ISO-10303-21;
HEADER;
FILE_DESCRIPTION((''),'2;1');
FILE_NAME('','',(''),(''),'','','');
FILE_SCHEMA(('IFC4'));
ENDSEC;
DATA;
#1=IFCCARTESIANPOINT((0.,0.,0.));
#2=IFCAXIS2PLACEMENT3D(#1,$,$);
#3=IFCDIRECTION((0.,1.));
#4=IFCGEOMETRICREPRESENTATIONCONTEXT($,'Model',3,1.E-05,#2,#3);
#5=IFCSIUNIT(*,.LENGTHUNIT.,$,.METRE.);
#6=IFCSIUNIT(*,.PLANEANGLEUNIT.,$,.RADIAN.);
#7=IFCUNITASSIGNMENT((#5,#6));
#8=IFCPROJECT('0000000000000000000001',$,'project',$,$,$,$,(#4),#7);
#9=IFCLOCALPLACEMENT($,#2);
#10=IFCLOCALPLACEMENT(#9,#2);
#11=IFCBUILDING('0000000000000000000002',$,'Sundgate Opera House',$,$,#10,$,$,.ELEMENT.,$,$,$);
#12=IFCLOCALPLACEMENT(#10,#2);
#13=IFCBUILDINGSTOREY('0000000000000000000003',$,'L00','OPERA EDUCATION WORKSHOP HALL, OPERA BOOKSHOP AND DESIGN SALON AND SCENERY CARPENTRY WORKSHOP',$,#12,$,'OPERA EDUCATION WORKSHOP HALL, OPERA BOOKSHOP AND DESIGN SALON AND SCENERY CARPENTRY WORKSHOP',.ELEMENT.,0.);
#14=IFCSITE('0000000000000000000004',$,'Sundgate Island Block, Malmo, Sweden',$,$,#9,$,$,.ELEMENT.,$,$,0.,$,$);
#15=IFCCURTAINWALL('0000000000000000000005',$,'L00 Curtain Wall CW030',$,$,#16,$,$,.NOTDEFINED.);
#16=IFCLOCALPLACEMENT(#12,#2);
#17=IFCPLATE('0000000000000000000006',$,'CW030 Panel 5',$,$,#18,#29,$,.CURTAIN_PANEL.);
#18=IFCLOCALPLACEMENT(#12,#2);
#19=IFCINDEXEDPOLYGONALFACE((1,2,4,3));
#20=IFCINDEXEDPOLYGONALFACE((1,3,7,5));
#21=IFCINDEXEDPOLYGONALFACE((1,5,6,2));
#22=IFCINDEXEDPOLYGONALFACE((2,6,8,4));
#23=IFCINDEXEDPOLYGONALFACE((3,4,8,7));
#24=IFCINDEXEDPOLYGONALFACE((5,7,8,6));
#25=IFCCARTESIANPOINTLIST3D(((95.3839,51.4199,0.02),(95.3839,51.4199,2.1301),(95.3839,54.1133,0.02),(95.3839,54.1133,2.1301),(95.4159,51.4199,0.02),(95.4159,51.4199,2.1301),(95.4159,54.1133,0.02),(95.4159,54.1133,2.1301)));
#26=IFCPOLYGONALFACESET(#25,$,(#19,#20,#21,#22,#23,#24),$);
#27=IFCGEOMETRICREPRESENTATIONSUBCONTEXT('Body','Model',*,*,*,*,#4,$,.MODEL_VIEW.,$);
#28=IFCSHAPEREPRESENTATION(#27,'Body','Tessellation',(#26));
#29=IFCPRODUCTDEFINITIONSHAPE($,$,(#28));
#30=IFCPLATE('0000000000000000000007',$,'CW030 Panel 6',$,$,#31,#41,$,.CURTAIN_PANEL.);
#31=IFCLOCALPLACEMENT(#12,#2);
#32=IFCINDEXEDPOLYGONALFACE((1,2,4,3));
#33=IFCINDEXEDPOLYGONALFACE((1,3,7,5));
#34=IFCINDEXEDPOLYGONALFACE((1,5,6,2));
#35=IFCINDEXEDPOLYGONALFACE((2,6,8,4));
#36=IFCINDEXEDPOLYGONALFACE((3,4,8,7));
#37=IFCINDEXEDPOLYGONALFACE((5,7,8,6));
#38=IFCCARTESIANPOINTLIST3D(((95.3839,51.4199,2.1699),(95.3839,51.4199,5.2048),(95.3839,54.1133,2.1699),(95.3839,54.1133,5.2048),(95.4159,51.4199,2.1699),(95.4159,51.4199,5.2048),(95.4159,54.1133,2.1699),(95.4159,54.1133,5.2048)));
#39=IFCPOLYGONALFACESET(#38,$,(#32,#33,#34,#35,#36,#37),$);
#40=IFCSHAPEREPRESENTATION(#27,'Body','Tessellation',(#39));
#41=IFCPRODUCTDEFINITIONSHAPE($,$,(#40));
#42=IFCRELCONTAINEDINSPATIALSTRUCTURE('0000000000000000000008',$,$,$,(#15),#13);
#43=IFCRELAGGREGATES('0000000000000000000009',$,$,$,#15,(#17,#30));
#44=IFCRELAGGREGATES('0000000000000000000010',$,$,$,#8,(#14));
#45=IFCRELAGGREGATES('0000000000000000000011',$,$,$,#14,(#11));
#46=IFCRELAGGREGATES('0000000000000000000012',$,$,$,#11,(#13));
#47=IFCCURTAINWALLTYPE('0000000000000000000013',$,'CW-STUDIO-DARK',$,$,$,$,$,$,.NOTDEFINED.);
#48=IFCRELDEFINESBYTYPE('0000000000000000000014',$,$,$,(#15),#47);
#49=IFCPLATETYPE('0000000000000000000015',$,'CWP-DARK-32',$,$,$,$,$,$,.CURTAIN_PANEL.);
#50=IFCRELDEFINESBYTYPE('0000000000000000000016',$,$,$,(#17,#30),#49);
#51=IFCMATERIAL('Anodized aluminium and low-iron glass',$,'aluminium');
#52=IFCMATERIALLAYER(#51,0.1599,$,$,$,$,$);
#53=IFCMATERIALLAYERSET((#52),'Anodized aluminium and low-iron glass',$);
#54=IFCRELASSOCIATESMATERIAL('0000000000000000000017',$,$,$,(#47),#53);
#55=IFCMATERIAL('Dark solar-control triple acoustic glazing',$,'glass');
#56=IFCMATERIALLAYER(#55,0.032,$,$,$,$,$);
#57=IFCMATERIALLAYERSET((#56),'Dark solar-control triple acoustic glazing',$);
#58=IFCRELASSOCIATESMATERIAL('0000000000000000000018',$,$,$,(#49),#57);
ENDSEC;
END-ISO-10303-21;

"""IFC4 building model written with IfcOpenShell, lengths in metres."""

from ifc_helpers import new_model, si_unit, direction, frame, origin, origin_2d, place, context, subcontext, project, spatial, rectangle, extrude, material, layer, layer_set, type_object, element, aggregate, save


model = new_model("IFC4")

# Units and contexts
model_context = context("Model", 3, precision=1e-05, world=origin(), true_north=direction((0.0, 1.0)))
body_context = subcontext(model_context, "Body", "Model", "MODEL_VIEW")
ifc_project = project(units=[si_unit("LENGTHUNIT", "METRE"), si_unit("PLANEANGLEUNIT", "RADIAN")], contexts=[model_context])

# Site, building, storey
site_placement = place(None, origin())
site = spatial("IfcSite", under=ifc_project, at=site_placement, Name="Sundgate Island Block, Malmo, Sweden", CompositionType="ELEMENT", RefElevation=0.0)
building_placement = place(site_placement, origin())
building = spatial("IfcBuilding", under=site, at=building_placement, Name="Sundgate Opera House", CompositionType="ELEMENT")
storey_placement = place(building_placement, origin())
storey = spatial("IfcBuildingStorey", under=building, at=storey_placement, Name="L00", Description="OPERA EDUCATION WORKSHOP HALL, OPERA BOOKSHOP AND DESIGN SALON AND SCENERY CARPENTRY WORKSHOP", LongName="OPERA EDUCATION WORKSHOP HALL, OPERA BOOKSHOP AND DESIGN SALON AND SCENERY CARPENTRY WORKSHOP", CompositionType="ELEMENT", Elevation=0.0)

# Curtain wall, plates
ifc_material_1 = material(Name="Anodized aluminium and low-iron glass", Category="aluminium")
ifc_layer_1 = layer(ifc_material_1, 0.1599)
ifc_layer_set_1 = layer_set([ifc_layer_1], Name="Anodized aluminium and low-iron glass")
curtain_wall_type = type_object("IfcCurtainWallType", Name="CW-STUDIO-DARK", PredefinedType="NOTDEFINED", material=ifc_layer_set_1)
curtain_wall_placement = place(storey_placement, origin())
curtain_wall = element("IfcCurtainWall", 1, at=curtain_wall_placement, inside=storey, type_object=curtain_wall_type, Name="L00 Curtain Wall CW030", PredefinedType="NOTDEFINED")
ifc_material_2 = material(Name="Dark solar-control triple acoustic glazing", Category="glass")
ifc_layer_2 = layer(ifc_material_2, 0.032)
ifc_layer_set_2 = layer_set([ifc_layer_2], Name="Dark solar-control triple acoustic glazing")
plate_type = type_object("IfcPlateType", Name="CWP-DARK-32", PredefinedType="CURTAIN_PANEL", material=ifc_layer_set_2)
plate_1_placement = place(storey_placement, frame((95.3999, 52.7666, 0.02), z_axis=(0.0, 0.0, 1.0), x_axis=(0.0, -1.0, 0.0)))
plate_1 = element("IfcPlate", 2, at=plate_1_placement, type_object=plate_type, Name="CW030 Panel 5", PredefinedType="CURTAIN_PANEL", context=body_context, shape_type="SweptSolid", body=[
    extrude(rectangle(XDim=2.6934, YDim=0.032, at=origin_2d()), origin(), (0.0, 0.0, 1.0), 2.1101),
])
plate_2_placement = place(storey_placement, frame((95.3999, 52.7666, 2.1699), z_axis=(0.0, 0.0, 1.0), x_axis=(0.0, -1.0, 0.0)))
plate_2 = element("IfcPlate", 3, at=plate_2_placement, type_object=plate_type, Name="CW030 Panel 6", PredefinedType="CURTAIN_PANEL", context=body_context, shape_type="SweptSolid", body=[
    extrude(rectangle(XDim=2.6934, YDim=0.032, at=origin_2d()), origin(), (0.0, 0.0, 1.0), 3.0349),
])
aggregate(curtain_wall, [plate_1, plate_2])

save(model, "model.ifc")
